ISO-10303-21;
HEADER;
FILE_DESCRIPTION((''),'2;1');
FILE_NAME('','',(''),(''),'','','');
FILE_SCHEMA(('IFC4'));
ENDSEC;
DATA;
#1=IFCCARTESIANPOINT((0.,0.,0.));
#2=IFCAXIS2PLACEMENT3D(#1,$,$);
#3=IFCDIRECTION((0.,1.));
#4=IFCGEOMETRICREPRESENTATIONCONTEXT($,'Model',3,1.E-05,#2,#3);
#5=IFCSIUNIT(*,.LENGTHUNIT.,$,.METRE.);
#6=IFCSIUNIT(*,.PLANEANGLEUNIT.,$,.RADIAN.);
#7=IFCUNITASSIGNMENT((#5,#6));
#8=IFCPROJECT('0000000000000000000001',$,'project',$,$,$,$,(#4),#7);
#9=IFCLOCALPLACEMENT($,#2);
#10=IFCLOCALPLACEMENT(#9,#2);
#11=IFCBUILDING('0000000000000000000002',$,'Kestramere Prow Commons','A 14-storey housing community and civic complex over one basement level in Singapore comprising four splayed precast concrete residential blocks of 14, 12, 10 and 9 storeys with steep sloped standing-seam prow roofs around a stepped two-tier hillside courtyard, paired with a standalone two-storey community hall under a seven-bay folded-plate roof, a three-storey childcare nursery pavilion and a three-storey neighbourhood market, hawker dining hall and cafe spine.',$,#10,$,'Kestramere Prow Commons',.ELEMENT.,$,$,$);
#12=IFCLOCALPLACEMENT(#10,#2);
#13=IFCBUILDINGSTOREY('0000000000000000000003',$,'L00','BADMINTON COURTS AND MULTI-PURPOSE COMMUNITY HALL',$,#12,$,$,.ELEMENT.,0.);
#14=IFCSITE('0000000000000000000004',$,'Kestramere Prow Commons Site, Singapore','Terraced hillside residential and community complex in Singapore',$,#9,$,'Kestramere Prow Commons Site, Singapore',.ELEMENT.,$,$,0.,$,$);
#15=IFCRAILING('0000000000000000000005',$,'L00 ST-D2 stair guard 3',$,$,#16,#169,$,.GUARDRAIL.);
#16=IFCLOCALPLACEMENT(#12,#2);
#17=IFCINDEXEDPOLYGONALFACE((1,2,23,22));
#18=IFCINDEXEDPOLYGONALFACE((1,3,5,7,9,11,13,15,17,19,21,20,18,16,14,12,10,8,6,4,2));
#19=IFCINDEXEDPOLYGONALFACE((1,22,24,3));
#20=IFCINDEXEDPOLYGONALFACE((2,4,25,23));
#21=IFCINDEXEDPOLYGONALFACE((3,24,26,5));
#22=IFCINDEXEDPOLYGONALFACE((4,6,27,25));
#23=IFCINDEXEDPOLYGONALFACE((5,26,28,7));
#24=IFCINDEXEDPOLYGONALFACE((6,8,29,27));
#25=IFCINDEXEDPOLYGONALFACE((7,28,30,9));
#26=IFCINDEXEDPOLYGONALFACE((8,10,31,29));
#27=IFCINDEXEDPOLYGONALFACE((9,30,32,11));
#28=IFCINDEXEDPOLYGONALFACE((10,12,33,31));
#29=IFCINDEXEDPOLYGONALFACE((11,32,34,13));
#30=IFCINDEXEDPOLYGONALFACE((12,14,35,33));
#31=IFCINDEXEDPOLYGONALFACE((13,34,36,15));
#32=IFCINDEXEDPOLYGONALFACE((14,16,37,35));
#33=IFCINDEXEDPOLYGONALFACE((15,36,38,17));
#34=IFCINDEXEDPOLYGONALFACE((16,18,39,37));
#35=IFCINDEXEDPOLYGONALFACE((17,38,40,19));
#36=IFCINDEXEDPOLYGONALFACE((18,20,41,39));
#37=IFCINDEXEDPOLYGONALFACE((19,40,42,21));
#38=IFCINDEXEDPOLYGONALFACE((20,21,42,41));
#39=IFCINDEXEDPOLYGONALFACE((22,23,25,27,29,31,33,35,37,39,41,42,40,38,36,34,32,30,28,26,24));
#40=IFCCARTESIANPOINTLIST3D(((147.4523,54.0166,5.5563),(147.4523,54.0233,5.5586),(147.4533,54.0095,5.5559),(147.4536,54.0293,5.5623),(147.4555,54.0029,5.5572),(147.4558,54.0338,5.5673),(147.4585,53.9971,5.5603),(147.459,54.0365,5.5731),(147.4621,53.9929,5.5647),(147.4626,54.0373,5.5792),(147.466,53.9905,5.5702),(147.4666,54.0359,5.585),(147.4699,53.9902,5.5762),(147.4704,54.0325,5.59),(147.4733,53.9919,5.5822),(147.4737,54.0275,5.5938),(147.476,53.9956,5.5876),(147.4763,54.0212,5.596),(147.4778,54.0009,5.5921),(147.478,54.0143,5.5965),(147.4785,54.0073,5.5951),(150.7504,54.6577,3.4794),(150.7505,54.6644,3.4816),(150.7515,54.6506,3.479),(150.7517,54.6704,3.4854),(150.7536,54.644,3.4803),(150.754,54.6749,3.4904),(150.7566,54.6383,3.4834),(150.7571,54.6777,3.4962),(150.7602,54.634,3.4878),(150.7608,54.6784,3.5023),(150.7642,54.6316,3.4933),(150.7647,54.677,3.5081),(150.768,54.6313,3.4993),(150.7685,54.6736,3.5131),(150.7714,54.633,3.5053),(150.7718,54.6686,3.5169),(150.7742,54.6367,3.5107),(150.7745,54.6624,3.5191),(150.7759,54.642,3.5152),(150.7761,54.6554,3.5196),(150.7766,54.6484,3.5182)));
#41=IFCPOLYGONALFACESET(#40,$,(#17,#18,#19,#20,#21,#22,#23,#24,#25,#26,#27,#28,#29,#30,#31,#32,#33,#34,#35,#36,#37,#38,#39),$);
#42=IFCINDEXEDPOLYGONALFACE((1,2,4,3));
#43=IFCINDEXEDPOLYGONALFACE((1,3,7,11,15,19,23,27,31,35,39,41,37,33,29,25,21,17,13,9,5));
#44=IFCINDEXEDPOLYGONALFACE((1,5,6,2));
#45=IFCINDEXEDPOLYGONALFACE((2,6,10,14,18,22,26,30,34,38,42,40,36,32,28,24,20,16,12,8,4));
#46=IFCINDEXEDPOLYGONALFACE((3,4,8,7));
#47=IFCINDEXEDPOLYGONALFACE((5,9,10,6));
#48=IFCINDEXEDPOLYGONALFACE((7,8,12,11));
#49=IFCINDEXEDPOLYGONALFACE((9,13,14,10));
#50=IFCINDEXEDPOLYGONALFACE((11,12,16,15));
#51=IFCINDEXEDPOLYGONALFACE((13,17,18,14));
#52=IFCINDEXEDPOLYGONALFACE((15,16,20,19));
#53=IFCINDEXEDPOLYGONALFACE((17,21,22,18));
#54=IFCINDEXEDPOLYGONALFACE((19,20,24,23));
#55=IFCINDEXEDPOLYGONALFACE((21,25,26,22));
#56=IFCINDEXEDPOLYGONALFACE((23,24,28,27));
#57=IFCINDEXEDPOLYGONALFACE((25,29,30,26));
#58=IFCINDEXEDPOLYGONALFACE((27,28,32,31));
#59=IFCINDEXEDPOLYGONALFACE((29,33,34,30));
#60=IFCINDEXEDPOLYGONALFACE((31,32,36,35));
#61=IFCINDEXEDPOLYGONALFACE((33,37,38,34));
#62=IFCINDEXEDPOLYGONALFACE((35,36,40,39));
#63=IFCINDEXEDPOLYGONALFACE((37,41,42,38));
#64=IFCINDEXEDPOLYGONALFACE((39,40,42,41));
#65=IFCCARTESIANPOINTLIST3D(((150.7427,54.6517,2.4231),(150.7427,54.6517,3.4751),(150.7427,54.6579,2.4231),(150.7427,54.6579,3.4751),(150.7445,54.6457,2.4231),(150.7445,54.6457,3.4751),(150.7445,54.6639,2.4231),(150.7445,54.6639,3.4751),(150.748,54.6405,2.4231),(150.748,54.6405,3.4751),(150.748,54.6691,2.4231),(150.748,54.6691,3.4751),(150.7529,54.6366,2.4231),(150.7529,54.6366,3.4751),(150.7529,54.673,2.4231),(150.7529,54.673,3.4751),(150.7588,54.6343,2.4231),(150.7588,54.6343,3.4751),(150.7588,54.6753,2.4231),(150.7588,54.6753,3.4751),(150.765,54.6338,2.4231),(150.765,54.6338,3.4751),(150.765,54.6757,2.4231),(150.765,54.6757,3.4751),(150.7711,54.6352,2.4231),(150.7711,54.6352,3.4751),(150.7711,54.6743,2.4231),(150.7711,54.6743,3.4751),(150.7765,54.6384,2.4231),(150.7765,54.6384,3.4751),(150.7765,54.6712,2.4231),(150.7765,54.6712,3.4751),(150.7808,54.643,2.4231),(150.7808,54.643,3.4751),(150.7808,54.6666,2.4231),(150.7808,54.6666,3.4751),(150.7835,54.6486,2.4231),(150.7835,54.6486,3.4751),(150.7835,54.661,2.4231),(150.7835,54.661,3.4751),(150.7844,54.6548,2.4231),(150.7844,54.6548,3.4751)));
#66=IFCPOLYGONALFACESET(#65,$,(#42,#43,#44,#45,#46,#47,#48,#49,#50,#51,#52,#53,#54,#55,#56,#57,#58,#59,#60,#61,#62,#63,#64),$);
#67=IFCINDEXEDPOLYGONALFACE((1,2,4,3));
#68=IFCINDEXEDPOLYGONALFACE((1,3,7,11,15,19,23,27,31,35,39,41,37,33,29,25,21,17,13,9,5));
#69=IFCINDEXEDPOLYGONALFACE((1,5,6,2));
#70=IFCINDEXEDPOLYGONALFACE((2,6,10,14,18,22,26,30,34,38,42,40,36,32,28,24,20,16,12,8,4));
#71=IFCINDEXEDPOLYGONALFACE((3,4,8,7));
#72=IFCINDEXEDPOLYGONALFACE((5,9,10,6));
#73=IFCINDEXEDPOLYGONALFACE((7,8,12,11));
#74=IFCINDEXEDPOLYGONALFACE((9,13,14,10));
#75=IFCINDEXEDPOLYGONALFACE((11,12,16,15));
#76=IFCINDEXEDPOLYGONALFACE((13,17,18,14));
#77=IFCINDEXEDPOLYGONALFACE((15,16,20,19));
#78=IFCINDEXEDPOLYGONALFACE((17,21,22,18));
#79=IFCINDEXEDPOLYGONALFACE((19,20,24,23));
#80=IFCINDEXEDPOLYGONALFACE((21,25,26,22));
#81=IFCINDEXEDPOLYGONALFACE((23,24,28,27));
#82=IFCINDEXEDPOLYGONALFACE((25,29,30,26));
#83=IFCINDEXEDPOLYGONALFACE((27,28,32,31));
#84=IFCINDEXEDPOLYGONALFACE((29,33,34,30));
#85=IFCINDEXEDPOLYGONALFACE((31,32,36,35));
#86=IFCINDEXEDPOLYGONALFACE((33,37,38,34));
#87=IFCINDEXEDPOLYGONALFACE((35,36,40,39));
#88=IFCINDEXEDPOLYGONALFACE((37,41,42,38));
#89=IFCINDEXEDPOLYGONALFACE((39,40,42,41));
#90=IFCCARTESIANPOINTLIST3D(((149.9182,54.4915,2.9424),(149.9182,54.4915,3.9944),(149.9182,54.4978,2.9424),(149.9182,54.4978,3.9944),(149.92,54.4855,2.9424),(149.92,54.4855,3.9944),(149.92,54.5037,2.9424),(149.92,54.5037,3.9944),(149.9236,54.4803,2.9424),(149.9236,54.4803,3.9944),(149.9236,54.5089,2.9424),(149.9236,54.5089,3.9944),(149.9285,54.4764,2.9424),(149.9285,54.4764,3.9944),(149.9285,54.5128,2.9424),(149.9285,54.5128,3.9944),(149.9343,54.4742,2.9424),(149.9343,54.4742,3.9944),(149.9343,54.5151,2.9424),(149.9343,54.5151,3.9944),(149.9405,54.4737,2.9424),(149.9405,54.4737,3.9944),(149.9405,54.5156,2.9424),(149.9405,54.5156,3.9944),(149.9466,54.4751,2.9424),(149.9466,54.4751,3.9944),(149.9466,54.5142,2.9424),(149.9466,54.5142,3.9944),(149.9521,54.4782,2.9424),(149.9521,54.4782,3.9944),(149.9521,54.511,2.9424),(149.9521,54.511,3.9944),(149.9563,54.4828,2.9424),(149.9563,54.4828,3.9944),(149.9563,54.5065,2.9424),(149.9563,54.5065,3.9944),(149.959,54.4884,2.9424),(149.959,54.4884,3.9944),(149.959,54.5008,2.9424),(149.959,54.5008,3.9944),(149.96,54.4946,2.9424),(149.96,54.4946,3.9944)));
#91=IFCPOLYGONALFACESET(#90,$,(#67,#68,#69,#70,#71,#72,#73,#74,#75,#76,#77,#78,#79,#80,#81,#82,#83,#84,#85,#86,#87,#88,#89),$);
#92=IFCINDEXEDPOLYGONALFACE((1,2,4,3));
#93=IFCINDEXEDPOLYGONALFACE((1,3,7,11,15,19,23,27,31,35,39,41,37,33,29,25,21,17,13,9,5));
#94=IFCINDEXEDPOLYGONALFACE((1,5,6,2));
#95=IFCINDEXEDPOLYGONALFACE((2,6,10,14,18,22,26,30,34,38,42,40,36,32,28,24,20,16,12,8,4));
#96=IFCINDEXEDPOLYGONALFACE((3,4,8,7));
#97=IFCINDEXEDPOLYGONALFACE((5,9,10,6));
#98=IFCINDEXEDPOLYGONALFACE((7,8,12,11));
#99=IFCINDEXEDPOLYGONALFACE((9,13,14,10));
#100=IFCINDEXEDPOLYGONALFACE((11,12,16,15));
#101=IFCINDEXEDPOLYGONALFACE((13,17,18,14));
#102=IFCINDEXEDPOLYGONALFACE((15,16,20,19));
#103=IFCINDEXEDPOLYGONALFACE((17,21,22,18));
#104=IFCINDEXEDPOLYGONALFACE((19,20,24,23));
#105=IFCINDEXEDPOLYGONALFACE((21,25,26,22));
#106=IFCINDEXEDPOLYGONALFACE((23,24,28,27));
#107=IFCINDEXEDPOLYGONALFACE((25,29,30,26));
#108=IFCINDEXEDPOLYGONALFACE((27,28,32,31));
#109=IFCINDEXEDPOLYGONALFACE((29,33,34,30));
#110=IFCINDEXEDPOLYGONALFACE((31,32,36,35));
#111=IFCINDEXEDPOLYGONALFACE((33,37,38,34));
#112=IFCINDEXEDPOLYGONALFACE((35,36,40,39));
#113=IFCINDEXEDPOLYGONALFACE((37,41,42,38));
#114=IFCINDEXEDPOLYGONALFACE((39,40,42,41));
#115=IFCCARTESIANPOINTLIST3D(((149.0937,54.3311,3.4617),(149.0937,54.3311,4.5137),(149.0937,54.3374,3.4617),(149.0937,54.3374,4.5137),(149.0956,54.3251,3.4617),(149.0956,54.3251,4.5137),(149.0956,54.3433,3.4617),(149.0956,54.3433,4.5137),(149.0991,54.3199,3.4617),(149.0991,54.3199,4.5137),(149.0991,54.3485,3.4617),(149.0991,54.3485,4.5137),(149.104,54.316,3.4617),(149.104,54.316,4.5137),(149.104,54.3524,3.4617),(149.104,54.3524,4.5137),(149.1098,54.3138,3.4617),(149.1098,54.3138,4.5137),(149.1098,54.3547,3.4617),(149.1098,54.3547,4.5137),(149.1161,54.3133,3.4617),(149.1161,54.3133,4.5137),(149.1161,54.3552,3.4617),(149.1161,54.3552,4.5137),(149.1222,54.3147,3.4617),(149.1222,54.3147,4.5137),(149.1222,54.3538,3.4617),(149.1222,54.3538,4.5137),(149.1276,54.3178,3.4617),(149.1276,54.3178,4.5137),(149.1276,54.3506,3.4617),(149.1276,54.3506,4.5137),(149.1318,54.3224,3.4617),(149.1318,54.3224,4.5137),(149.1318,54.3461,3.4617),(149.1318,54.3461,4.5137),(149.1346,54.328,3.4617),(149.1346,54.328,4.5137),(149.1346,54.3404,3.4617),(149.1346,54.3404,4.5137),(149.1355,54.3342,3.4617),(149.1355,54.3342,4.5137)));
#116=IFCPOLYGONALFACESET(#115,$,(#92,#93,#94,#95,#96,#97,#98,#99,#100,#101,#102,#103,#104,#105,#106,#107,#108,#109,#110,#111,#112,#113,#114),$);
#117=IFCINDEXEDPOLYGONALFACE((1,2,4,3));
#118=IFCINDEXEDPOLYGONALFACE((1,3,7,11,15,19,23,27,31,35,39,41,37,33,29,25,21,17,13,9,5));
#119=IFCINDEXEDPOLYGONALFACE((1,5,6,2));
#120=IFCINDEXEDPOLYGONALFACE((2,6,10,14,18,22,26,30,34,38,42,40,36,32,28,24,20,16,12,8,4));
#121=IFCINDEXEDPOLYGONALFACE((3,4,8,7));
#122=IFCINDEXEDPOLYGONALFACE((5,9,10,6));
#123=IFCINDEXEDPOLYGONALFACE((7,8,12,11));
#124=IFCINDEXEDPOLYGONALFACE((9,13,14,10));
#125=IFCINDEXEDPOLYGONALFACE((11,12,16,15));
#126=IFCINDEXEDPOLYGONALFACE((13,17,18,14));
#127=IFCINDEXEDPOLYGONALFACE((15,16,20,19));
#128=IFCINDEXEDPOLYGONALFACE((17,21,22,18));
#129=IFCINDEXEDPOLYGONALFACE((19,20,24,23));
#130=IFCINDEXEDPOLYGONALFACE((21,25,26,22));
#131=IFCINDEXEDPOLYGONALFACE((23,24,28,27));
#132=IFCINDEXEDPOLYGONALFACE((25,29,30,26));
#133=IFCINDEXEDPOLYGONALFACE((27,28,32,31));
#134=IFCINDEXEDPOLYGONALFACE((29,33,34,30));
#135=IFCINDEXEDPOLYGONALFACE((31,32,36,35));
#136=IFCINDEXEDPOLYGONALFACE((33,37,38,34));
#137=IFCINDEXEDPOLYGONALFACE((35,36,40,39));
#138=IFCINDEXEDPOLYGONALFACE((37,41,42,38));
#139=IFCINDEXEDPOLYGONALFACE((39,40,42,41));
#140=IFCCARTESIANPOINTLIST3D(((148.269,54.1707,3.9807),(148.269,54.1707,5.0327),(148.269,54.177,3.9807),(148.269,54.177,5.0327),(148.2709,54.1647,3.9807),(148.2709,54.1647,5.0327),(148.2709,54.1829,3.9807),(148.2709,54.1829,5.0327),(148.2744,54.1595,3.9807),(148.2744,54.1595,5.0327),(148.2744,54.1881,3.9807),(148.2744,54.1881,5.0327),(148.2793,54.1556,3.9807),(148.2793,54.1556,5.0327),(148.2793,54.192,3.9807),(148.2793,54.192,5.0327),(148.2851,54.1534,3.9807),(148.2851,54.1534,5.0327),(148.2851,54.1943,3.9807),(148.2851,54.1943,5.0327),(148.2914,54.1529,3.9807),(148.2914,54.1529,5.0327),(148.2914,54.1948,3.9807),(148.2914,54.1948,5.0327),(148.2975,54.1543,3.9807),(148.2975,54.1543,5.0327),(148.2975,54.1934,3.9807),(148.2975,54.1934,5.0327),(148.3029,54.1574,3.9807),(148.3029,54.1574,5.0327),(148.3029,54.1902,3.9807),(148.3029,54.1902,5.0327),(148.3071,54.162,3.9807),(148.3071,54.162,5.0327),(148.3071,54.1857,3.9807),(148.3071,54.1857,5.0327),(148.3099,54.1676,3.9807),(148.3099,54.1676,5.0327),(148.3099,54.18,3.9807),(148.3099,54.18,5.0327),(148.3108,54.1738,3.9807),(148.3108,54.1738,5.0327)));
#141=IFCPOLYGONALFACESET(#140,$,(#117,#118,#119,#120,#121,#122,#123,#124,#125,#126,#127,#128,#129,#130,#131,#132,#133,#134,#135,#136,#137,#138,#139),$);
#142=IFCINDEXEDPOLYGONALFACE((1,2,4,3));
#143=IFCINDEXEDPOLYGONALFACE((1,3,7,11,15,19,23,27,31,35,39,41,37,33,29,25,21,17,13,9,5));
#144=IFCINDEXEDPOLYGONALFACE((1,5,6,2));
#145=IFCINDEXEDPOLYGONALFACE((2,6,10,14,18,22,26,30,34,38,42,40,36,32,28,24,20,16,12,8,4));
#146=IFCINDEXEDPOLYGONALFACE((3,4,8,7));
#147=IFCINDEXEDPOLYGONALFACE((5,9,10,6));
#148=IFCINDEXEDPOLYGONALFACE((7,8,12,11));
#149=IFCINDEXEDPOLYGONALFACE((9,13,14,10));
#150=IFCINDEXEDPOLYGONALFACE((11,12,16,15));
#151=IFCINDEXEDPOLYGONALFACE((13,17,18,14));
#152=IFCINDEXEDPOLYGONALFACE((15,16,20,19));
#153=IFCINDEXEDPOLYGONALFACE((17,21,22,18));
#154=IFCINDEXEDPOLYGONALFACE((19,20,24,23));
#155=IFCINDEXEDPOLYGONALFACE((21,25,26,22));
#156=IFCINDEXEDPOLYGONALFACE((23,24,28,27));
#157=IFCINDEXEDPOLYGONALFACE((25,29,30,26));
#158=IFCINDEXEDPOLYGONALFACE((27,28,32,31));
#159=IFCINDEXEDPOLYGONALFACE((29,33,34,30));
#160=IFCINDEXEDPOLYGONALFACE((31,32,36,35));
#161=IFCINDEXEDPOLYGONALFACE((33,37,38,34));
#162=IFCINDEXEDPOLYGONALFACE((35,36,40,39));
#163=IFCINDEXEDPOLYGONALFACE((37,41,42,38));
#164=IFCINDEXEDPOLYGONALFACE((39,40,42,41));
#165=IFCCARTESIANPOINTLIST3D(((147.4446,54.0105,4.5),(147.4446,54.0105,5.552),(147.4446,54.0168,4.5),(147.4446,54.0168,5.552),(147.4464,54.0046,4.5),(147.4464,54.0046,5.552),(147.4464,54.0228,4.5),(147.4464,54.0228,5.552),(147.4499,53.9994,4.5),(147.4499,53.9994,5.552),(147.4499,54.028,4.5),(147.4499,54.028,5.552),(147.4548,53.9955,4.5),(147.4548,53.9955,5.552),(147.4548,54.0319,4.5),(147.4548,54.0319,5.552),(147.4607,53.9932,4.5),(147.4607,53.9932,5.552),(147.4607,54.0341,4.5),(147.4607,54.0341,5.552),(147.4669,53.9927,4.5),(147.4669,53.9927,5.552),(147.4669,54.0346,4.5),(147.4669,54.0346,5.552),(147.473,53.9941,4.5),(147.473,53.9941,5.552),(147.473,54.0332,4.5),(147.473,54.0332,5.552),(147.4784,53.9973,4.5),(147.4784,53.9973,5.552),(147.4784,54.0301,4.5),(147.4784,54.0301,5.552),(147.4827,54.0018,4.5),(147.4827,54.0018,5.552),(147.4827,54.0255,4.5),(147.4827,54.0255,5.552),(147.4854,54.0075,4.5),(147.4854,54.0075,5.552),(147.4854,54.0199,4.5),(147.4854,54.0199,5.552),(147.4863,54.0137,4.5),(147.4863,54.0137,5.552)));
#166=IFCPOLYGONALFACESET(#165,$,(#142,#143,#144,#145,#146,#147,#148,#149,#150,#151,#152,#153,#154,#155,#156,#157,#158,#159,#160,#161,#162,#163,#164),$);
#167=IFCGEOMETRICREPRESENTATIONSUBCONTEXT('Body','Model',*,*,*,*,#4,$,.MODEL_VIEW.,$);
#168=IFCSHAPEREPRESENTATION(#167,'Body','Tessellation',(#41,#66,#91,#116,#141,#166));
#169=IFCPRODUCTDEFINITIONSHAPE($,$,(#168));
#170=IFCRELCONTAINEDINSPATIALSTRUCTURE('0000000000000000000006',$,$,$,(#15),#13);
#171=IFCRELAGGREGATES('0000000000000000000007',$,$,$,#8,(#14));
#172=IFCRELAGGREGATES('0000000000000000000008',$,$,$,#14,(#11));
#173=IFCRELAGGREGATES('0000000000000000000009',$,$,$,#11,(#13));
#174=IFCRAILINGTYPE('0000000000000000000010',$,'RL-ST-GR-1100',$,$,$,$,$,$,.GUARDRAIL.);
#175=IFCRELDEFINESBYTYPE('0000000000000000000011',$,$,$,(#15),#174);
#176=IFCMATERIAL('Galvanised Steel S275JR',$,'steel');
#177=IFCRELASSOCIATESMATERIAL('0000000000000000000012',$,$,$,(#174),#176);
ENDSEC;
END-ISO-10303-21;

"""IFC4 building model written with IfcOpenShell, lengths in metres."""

from ifc_helpers import new_model, si_unit, direction, frame, origin, origin_2d, place, context, subcontext, project, spatial, circle, extrude, material, type_object, element, save


model = new_model("IFC4")

# Units and contexts
model_context = context("Model", 3, precision=1e-05, world=origin(), true_north=direction((0.0, 1.0)))
body_context = subcontext(model_context, "Body", "Model", "MODEL_VIEW")
ifc_project = project(units=[si_unit("LENGTHUNIT", "METRE"), si_unit("PLANEANGLEUNIT", "RADIAN")], contexts=[model_context])

# Site, building, storey
site_placement = place(None, origin())
site = spatial("IfcSite", under=ifc_project, at=site_placement, Name="Kestramere Prow Commons Site, Singapore", Description="Terraced hillside residential and community complex in Singapore", LongName="Kestramere Prow Commons Site, Singapore", CompositionType="ELEMENT", RefElevation=0.0)
building_placement = place(site_placement, origin())
building = spatial("IfcBuilding", under=site, at=building_placement, Name="Kestramere Prow Commons", Description="A 14-storey housing community and civic complex over one basement level in Singapore comprising four splayed precast concrete residential blocks of 14, 12, 10 and 9 storeys with steep sloped standing-seam prow roofs around a stepped two-tier hillside courtyard, paired with a standalone two-storey community hall under a seven-bay folded-plate roof, a three-storey childcare nursery pavilion and a three-storey neighbourhood market, hawker dining hall and cafe spine.", LongName="Kestramere Prow Commons", CompositionType="ELEMENT")
storey_placement = place(building_placement, origin())
storey = spatial("IfcBuildingStorey", under=building, at=storey_placement, Name="L00", Description="BADMINTON COURTS AND MULTI-PURPOSE COMMUNITY HALL", CompositionType="ELEMENT", Elevation=0.0)

# Railing
ifc_material_1 = material(Name="Galvanised Steel S275JR", Category="steel")
railing_type_1 = type_object("IfcRailingType", Name="RL-ST-GR-1100", PredefinedType="GUARDRAIL", material=ifc_material_1)
railing_1_placement = place(storey_placement, frame((150.7634, 54.6548, 2.4231)))
element("IfcRailing", 1, at=railing_1_placement, inside=storey, type_object=railing_type_1, Name="L00 ST-D2 stair guard 3", PredefinedType="GUARDRAIL", context=body_context, shape_type="SweptSolid", body=[
    extrude(circle(Radius=0.0239, at=origin_2d()), frame((0.0, 0.0, 1.0762), z_axis=(-0.834975, -0.16231, 0.525807), x_axis=(0.190817, -0.981626, 0.0)), (0.0, 0.0, 1.0), 3.95),
    extrude(circle(Radius=0.021, at=origin_2d()), origin(), (0.0, 0.0, 1.0), 1.052),
    extrude(circle(Radius=0.021, at=origin_2d()), frame((-0.8245, -0.1602, 0.5193)), (0.0, 0.0, 1.0), 1.052),
    extrude(circle(Radius=0.021, at=origin_2d()), frame((-1.6489, -0.3206, 1.0386)), (0.0, 0.0, 1.0), 1.052),
    extrude(circle(Radius=0.021, at=origin_2d()), frame((-2.4736, -0.481, 1.5576)), (0.0, 0.0, 1.0), 1.052),
    extrude(circle(Radius=0.021, at=origin_2d()), frame((-3.2981, -0.6411, 2.0769)), (0.0, 0.0, 1.0), 1.052),
])

save(model, "model.ifc")
